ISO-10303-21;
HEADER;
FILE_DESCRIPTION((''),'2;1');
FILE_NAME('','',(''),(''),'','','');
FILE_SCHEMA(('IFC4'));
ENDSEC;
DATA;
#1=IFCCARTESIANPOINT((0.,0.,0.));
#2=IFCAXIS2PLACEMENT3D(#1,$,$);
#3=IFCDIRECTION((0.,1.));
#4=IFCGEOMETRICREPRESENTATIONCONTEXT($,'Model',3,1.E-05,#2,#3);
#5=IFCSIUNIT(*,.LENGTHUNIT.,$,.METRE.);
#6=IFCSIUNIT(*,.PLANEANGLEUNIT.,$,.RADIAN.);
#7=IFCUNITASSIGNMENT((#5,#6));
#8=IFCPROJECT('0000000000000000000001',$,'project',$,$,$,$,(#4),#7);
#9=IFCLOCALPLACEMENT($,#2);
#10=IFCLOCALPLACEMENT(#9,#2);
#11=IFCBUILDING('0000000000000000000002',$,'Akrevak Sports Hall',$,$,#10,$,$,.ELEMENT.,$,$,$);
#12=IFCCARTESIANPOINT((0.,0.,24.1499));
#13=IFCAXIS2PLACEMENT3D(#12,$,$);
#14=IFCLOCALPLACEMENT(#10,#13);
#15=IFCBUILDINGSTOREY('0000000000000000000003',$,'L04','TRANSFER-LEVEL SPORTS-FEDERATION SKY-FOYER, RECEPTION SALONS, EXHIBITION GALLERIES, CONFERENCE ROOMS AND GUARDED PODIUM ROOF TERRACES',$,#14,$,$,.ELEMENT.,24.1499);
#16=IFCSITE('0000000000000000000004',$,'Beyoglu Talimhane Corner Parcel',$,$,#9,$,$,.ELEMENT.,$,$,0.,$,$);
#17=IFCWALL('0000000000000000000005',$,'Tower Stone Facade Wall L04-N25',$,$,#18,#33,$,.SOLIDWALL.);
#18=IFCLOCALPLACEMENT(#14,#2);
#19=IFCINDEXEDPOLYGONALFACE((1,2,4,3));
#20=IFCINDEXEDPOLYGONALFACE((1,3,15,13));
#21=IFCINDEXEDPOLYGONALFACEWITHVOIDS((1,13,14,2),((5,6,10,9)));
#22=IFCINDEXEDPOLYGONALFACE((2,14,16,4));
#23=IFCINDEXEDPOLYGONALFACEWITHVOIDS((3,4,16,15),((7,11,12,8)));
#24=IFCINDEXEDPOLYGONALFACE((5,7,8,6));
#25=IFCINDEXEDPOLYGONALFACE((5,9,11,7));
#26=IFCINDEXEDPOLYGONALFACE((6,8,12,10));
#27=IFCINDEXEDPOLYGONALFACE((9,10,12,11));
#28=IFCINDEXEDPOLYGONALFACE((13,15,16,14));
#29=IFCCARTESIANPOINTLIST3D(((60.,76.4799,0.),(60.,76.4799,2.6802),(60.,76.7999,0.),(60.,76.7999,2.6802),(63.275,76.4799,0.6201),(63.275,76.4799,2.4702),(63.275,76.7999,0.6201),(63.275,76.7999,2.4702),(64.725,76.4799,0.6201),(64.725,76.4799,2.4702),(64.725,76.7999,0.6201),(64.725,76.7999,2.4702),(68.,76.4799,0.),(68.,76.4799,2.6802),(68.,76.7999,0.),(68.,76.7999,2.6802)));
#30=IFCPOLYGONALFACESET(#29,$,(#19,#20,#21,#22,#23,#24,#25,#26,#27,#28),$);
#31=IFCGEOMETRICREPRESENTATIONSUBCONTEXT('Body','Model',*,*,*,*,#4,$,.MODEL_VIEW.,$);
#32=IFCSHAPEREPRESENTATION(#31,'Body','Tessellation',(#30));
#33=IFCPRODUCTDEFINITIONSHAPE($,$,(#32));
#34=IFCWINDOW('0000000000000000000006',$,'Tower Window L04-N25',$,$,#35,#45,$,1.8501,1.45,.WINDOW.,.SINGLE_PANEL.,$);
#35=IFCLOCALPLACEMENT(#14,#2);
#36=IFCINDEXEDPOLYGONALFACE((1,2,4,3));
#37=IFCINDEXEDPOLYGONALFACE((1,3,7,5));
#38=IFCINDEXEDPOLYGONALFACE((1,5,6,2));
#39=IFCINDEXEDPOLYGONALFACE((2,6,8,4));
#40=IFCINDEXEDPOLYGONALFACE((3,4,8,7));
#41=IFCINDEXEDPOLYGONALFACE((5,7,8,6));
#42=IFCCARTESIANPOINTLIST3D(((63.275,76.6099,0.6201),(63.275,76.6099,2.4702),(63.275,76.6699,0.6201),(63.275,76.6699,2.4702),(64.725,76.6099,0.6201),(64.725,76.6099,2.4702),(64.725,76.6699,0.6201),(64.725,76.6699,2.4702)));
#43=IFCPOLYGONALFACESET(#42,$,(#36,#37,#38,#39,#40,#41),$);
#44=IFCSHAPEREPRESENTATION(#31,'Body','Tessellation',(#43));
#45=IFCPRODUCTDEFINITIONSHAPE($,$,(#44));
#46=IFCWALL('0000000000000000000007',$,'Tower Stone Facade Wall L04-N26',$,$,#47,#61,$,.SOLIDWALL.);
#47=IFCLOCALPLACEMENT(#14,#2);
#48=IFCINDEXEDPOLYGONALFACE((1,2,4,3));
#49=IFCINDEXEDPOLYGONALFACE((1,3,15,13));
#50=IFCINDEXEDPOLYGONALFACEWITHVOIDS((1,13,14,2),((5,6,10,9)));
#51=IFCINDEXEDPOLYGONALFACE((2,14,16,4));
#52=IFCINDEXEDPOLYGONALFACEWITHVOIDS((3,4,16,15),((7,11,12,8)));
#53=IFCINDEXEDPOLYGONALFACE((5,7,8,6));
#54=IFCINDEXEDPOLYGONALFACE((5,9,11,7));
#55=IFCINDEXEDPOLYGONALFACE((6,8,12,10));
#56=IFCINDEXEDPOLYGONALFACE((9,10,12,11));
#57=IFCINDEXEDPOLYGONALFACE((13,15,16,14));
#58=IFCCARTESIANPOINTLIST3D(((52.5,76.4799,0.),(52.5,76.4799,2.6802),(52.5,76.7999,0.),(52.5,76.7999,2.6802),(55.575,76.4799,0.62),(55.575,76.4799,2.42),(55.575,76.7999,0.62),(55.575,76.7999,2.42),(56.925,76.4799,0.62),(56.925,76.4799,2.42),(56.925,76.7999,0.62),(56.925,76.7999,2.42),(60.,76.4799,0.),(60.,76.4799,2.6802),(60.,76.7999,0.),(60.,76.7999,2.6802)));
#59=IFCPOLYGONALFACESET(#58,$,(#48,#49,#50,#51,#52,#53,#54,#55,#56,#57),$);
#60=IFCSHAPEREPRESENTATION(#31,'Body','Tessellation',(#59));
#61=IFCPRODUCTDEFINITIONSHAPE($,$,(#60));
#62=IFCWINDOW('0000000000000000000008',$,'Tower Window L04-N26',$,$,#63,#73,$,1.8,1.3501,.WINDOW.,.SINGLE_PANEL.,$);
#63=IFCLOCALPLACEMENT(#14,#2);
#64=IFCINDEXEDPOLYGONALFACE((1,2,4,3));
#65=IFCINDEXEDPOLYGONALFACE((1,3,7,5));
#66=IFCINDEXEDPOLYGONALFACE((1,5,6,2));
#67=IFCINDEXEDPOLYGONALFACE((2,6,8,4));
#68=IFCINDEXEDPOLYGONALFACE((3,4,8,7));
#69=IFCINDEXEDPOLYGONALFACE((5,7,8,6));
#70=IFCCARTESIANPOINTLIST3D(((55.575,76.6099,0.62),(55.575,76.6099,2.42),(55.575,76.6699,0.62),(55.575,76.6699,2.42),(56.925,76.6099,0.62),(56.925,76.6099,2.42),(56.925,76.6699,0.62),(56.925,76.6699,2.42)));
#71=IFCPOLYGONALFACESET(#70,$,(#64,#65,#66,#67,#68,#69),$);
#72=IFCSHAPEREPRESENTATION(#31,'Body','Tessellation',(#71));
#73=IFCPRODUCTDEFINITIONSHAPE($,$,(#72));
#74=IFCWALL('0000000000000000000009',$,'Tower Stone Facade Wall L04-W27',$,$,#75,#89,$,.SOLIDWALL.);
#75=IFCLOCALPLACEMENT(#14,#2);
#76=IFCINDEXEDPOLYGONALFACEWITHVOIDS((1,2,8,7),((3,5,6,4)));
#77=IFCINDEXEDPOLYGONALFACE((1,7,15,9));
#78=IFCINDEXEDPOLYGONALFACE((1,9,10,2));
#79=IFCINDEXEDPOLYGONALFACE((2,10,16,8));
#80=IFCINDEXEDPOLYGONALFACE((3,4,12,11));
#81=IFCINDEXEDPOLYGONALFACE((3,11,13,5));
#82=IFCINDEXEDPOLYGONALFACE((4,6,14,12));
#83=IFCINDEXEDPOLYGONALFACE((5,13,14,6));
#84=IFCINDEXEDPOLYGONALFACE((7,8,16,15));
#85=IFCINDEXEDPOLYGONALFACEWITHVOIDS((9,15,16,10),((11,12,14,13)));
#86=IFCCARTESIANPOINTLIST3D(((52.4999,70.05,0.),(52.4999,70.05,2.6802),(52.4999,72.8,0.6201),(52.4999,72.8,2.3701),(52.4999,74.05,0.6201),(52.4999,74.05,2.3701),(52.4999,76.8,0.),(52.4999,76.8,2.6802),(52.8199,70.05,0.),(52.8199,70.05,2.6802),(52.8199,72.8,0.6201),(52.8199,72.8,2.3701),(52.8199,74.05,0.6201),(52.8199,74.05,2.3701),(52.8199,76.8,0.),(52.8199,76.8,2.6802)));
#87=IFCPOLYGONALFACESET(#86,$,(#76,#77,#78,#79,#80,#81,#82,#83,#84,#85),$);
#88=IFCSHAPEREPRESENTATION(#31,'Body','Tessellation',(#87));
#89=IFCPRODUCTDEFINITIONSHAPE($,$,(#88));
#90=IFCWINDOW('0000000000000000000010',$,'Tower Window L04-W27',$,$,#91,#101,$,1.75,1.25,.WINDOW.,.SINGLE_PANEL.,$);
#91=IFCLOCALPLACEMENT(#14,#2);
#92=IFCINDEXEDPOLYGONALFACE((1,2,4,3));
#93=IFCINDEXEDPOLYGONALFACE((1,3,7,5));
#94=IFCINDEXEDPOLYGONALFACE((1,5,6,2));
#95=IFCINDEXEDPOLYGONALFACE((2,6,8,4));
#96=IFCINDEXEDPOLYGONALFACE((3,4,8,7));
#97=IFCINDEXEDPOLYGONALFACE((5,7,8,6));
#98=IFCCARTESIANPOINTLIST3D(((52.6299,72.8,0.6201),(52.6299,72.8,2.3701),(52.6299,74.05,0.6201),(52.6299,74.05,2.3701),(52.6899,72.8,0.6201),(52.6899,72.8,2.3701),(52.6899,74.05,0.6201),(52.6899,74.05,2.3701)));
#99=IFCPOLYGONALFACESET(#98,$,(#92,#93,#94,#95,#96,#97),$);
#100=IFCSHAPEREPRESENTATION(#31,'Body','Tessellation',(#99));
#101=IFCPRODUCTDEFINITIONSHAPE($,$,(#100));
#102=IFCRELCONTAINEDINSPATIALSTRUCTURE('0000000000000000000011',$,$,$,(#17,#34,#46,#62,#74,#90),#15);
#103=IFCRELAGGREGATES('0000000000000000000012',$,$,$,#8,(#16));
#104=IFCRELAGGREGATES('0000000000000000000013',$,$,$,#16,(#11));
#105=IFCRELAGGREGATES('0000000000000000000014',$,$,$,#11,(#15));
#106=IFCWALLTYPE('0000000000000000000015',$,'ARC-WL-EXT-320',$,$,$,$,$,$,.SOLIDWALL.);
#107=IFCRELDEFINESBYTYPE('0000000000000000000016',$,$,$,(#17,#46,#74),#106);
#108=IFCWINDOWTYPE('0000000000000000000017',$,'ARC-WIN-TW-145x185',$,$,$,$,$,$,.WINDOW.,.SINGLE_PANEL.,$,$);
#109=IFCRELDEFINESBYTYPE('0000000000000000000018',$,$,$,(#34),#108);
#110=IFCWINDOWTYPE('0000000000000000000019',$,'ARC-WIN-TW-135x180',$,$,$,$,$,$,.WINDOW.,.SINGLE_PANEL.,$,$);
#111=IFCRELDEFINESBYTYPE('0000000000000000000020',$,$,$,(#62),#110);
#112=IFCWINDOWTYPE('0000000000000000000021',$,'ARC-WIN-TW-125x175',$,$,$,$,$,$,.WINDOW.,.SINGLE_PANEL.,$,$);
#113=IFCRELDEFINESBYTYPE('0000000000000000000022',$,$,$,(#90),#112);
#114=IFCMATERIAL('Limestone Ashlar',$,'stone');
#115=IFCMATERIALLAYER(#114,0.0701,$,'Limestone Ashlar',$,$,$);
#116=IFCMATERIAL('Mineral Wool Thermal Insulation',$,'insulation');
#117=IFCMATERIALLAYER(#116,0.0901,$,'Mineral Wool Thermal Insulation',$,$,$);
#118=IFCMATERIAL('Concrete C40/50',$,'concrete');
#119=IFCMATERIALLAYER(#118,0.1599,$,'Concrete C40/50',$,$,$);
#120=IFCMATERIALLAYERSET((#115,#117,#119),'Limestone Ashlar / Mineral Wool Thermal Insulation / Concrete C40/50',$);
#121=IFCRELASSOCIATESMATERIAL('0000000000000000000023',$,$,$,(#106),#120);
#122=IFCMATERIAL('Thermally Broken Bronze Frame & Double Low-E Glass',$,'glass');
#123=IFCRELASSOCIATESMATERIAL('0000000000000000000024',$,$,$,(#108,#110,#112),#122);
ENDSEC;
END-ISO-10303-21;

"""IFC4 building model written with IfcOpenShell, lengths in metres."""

from ifc_helpers import new_model, si_unit, direction, frame, frame_2d, origin, place, context, subcontext, project, spatial, rectangle, extrude, material, layer, layer_set, type_object, element, fill, save


model = new_model("IFC4")

# Units and contexts
model_context = context("Model", 3, precision=1e-05, world=origin(), true_north=direction((0.0, 1.0)))
body_context = subcontext(model_context, "Body", "Model", "MODEL_VIEW")
ifc_project = project(units=[si_unit("LENGTHUNIT", "METRE"), si_unit("PLANEANGLEUNIT", "RADIAN")], contexts=[model_context])

# Site, building, storey
site_placement = place(None, origin())
site = spatial("IfcSite", under=ifc_project, at=site_placement, Name="Beyoglu Talimhane Corner Parcel", CompositionType="ELEMENT", RefElevation=0.0)
building_placement = place(site_placement, origin())
building = spatial("IfcBuilding", under=site, at=building_placement, Name="Akrevak Sports Hall", CompositionType="ELEMENT")
storey_placement = place(building_placement, frame((0.0, 0.0, 24.1499)))
storey = spatial("IfcBuildingStorey", under=building, at=storey_placement, Name="L04", Description="TRANSFER-LEVEL SPORTS-FEDERATION SKY-FOYER, RECEPTION SALONS, EXHIBITION GALLERIES, CONFERENCE ROOMS AND GUARDED PODIUM ROOF TERRACES", CompositionType="ELEMENT", Elevation=24.1499)

# Walls, openings, windows
ifc_material_1 = material(Name="Limestone Ashlar", Category="stone")
ifc_layer_1 = layer(ifc_material_1, 0.0701, Name="Limestone Ashlar")
ifc_material_2 = material(Name="Mineral Wool Thermal Insulation", Category="insulation")
ifc_layer_2 = layer(ifc_material_2, 0.0901, Name="Mineral Wool Thermal Insulation")
ifc_material_3 = material(Name="Concrete C40/50", Category="concrete")
ifc_layer_3 = layer(ifc_material_3, 0.1599, Name="Concrete C40/50")
ifc_layer_set_1 = layer_set([ifc_layer_1, ifc_layer_2, ifc_layer_3], Name="Limestone Ashlar / Mineral Wool Thermal Insulation / Concrete C40/50")
wall_type_1 = type_object("IfcWallType", Name="ARC-WL-EXT-320", PredefinedType="SOLIDWALL", material=ifc_layer_set_1)
wall_1_placement = place(storey_placement, frame((68.0, 76.6399, 0.0), z_axis=(0.0, 0.0, 1.0), x_axis=(-1.0, 0.0, 0.0)))
wall_1 = element("IfcWall", 1, at=wall_1_placement, inside=storey, type_object=wall_type_1, Name="Tower Stone Facade Wall L04-N25", PredefinedType="SOLIDWALL", context=body_context, shape_type="SweptSolid", body=[
    extrude(rectangle(XDim=8.0, YDim=0.3201, at=frame_2d((4.0, 0.0))), origin(), (0.0, 0.0, 1.0), 2.6802),
])
opening_1_placement = place(wall_1_placement, frame((3.2749, 0.0, 0.6201)))
opening_1 = element("IfcOpeningElement", 2, at=opening_1_placement, cuts=wall_1, PredefinedType="OPENING", context=body_context, shape_type="SweptSolid", body=[
    extrude(rectangle(XDim=1.45, YDim=1.8501, at=frame_2d((0.7251, 0.925))), frame((0.0, 0.1719, 0.0), z_axis=(0.0, -1.0, 0.0), x_axis=(1.0, 0.0, 0.0)), (0.0, 0.0, 1.0), 0.344),
])
ifc_material_4 = material(Name="Thermally Broken Bronze Frame & Double Low-E Glass", Category="glass")
window_type_1 = type_object("IfcWindowType", Name="ARC-WIN-TW-145x185", PartitioningType="SINGLE_PANEL", PredefinedType="WINDOW", material=ifc_material_4)
window_1_placement = place(opening_1_placement, origin())
window_1 = element("IfcWindow", 3, at=window_1_placement, inside=storey, type_object=window_type_1, Name="Tower Window L04-N25", OverallHeight=1.8501, OverallWidth=1.45, PartitioningType="SINGLE_PANEL", PredefinedType="WINDOW", context=body_context, shape_type="SweptSolid", body=[
    extrude(rectangle(XDim=1.45, YDim=1.8501, at=frame_2d((0.7251, 0.925))), frame((0.0, 0.03, 0.0), z_axis=(0.0, -1.0, 0.0), x_axis=(1.0, 0.0, 0.0)), (0.0, 0.0, 1.0), 0.0601),
])
fill(opening_1, window_1)
wall_2_placement = place(storey_placement, frame((60.0, 76.6399, 0.0), z_axis=(0.0, 0.0, 1.0), x_axis=(-1.0, 0.0, 0.0)))
wall_2 = element("IfcWall", 4, at=wall_2_placement, inside=storey, type_object=wall_type_1, Name="Tower Stone Facade Wall L04-N26", PredefinedType="SOLIDWALL", context=body_context, shape_type="SweptSolid", body=[
    extrude(rectangle(XDim=7.5, YDim=0.3201, at=frame_2d((3.75, 0.0))), origin(), (0.0, 0.0, 1.0), 2.6802),
])
opening_2_placement = place(wall_2_placement, frame((3.075, 0.0, 0.6201)))
opening_2 = element("IfcOpeningElement", 5, at=opening_2_placement, cuts=wall_2, PredefinedType="OPENING", context=body_context, shape_type="SweptSolid", body=[
    extrude(rectangle(XDim=1.3501, YDim=1.8, at=frame_2d((0.675, 0.8999))), frame((0.0, 0.1719, 0.0), z_axis=(0.0, -1.0, 0.0), x_axis=(1.0, 0.0, 0.0)), (0.0, 0.0, 1.0), 0.344),
])
window_type_2 = type_object("IfcWindowType", Name="ARC-WIN-TW-135x180", PartitioningType="SINGLE_PANEL", PredefinedType="WINDOW", material=ifc_material_4)
window_2_placement = place(opening_2_placement, origin())
window_2 = element("IfcWindow", 6, at=window_2_placement, inside=storey, type_object=window_type_2, Name="Tower Window L04-N26", OverallHeight=1.8, OverallWidth=1.3501, PartitioningType="SINGLE_PANEL", PredefinedType="WINDOW", context=body_context, shape_type="SweptSolid", body=[
    extrude(rectangle(XDim=1.3501, YDim=1.8, at=frame_2d((0.675, 0.8999))), frame((0.0, 0.03, 0.0), z_axis=(0.0, -1.0, 0.0), x_axis=(1.0, 0.0, 0.0)), (0.0, 0.0, 1.0), 0.0601),
])
fill(opening_2, window_2)
wall_3_placement = place(storey_placement, frame((52.6599, 76.8, 0.0), z_axis=(0.0, 0.0, 1.0), x_axis=(0.0, -1.0, 0.0)))
wall_3 = element("IfcWall", 7, at=wall_3_placement, inside=storey, type_object=wall_type_1, Name="Tower Stone Facade Wall L04-W27", PredefinedType="SOLIDWALL", context=body_context, shape_type="SweptSolid", body=[
    extrude(rectangle(XDim=6.75, YDim=0.3201, at=frame_2d((3.375, 0.0))), origin(), (0.0, 0.0, 1.0), 2.6802),
])
opening_3_placement = place(wall_3_placement, frame((2.75, 0.0, 0.6201)))
opening_3 = element("IfcOpeningElement", 8, at=opening_3_placement, cuts=wall_3, PredefinedType="OPENING", context=body_context, shape_type="SweptSolid", body=[
    extrude(rectangle(XDim=1.25, YDim=1.75, at=frame_2d((0.625, 0.875))), frame((0.0, 0.1719, 0.0), z_axis=(0.0, -1.0, 0.0), x_axis=(1.0, 0.0, 0.0)), (0.0, 0.0, 1.0), 0.344),
])
window_type_3 = type_object("IfcWindowType", Name="ARC-WIN-TW-125x175", PartitioningType="SINGLE_PANEL", PredefinedType="WINDOW", material=ifc_material_4)
window_3_placement = place(opening_3_placement, origin())
window_3 = element("IfcWindow", 9, at=window_3_placement, inside=storey, type_object=window_type_3, Name="Tower Window L04-W27", OverallHeight=1.75, OverallWidth=1.25, PartitioningType="SINGLE_PANEL", PredefinedType="WINDOW", context=body_context, shape_type="SweptSolid", body=[
    extrude(rectangle(XDim=1.25, YDim=1.75, at=frame_2d((0.625, 0.875))), frame((0.0, 0.03, 0.0), z_axis=(0.0, -1.0, 0.0), x_axis=(1.0, 0.0, 0.0)), (0.0, 0.0, 1.0), 0.0601),
])
fill(opening_3, window_3)

save(model, "model.ifc")
